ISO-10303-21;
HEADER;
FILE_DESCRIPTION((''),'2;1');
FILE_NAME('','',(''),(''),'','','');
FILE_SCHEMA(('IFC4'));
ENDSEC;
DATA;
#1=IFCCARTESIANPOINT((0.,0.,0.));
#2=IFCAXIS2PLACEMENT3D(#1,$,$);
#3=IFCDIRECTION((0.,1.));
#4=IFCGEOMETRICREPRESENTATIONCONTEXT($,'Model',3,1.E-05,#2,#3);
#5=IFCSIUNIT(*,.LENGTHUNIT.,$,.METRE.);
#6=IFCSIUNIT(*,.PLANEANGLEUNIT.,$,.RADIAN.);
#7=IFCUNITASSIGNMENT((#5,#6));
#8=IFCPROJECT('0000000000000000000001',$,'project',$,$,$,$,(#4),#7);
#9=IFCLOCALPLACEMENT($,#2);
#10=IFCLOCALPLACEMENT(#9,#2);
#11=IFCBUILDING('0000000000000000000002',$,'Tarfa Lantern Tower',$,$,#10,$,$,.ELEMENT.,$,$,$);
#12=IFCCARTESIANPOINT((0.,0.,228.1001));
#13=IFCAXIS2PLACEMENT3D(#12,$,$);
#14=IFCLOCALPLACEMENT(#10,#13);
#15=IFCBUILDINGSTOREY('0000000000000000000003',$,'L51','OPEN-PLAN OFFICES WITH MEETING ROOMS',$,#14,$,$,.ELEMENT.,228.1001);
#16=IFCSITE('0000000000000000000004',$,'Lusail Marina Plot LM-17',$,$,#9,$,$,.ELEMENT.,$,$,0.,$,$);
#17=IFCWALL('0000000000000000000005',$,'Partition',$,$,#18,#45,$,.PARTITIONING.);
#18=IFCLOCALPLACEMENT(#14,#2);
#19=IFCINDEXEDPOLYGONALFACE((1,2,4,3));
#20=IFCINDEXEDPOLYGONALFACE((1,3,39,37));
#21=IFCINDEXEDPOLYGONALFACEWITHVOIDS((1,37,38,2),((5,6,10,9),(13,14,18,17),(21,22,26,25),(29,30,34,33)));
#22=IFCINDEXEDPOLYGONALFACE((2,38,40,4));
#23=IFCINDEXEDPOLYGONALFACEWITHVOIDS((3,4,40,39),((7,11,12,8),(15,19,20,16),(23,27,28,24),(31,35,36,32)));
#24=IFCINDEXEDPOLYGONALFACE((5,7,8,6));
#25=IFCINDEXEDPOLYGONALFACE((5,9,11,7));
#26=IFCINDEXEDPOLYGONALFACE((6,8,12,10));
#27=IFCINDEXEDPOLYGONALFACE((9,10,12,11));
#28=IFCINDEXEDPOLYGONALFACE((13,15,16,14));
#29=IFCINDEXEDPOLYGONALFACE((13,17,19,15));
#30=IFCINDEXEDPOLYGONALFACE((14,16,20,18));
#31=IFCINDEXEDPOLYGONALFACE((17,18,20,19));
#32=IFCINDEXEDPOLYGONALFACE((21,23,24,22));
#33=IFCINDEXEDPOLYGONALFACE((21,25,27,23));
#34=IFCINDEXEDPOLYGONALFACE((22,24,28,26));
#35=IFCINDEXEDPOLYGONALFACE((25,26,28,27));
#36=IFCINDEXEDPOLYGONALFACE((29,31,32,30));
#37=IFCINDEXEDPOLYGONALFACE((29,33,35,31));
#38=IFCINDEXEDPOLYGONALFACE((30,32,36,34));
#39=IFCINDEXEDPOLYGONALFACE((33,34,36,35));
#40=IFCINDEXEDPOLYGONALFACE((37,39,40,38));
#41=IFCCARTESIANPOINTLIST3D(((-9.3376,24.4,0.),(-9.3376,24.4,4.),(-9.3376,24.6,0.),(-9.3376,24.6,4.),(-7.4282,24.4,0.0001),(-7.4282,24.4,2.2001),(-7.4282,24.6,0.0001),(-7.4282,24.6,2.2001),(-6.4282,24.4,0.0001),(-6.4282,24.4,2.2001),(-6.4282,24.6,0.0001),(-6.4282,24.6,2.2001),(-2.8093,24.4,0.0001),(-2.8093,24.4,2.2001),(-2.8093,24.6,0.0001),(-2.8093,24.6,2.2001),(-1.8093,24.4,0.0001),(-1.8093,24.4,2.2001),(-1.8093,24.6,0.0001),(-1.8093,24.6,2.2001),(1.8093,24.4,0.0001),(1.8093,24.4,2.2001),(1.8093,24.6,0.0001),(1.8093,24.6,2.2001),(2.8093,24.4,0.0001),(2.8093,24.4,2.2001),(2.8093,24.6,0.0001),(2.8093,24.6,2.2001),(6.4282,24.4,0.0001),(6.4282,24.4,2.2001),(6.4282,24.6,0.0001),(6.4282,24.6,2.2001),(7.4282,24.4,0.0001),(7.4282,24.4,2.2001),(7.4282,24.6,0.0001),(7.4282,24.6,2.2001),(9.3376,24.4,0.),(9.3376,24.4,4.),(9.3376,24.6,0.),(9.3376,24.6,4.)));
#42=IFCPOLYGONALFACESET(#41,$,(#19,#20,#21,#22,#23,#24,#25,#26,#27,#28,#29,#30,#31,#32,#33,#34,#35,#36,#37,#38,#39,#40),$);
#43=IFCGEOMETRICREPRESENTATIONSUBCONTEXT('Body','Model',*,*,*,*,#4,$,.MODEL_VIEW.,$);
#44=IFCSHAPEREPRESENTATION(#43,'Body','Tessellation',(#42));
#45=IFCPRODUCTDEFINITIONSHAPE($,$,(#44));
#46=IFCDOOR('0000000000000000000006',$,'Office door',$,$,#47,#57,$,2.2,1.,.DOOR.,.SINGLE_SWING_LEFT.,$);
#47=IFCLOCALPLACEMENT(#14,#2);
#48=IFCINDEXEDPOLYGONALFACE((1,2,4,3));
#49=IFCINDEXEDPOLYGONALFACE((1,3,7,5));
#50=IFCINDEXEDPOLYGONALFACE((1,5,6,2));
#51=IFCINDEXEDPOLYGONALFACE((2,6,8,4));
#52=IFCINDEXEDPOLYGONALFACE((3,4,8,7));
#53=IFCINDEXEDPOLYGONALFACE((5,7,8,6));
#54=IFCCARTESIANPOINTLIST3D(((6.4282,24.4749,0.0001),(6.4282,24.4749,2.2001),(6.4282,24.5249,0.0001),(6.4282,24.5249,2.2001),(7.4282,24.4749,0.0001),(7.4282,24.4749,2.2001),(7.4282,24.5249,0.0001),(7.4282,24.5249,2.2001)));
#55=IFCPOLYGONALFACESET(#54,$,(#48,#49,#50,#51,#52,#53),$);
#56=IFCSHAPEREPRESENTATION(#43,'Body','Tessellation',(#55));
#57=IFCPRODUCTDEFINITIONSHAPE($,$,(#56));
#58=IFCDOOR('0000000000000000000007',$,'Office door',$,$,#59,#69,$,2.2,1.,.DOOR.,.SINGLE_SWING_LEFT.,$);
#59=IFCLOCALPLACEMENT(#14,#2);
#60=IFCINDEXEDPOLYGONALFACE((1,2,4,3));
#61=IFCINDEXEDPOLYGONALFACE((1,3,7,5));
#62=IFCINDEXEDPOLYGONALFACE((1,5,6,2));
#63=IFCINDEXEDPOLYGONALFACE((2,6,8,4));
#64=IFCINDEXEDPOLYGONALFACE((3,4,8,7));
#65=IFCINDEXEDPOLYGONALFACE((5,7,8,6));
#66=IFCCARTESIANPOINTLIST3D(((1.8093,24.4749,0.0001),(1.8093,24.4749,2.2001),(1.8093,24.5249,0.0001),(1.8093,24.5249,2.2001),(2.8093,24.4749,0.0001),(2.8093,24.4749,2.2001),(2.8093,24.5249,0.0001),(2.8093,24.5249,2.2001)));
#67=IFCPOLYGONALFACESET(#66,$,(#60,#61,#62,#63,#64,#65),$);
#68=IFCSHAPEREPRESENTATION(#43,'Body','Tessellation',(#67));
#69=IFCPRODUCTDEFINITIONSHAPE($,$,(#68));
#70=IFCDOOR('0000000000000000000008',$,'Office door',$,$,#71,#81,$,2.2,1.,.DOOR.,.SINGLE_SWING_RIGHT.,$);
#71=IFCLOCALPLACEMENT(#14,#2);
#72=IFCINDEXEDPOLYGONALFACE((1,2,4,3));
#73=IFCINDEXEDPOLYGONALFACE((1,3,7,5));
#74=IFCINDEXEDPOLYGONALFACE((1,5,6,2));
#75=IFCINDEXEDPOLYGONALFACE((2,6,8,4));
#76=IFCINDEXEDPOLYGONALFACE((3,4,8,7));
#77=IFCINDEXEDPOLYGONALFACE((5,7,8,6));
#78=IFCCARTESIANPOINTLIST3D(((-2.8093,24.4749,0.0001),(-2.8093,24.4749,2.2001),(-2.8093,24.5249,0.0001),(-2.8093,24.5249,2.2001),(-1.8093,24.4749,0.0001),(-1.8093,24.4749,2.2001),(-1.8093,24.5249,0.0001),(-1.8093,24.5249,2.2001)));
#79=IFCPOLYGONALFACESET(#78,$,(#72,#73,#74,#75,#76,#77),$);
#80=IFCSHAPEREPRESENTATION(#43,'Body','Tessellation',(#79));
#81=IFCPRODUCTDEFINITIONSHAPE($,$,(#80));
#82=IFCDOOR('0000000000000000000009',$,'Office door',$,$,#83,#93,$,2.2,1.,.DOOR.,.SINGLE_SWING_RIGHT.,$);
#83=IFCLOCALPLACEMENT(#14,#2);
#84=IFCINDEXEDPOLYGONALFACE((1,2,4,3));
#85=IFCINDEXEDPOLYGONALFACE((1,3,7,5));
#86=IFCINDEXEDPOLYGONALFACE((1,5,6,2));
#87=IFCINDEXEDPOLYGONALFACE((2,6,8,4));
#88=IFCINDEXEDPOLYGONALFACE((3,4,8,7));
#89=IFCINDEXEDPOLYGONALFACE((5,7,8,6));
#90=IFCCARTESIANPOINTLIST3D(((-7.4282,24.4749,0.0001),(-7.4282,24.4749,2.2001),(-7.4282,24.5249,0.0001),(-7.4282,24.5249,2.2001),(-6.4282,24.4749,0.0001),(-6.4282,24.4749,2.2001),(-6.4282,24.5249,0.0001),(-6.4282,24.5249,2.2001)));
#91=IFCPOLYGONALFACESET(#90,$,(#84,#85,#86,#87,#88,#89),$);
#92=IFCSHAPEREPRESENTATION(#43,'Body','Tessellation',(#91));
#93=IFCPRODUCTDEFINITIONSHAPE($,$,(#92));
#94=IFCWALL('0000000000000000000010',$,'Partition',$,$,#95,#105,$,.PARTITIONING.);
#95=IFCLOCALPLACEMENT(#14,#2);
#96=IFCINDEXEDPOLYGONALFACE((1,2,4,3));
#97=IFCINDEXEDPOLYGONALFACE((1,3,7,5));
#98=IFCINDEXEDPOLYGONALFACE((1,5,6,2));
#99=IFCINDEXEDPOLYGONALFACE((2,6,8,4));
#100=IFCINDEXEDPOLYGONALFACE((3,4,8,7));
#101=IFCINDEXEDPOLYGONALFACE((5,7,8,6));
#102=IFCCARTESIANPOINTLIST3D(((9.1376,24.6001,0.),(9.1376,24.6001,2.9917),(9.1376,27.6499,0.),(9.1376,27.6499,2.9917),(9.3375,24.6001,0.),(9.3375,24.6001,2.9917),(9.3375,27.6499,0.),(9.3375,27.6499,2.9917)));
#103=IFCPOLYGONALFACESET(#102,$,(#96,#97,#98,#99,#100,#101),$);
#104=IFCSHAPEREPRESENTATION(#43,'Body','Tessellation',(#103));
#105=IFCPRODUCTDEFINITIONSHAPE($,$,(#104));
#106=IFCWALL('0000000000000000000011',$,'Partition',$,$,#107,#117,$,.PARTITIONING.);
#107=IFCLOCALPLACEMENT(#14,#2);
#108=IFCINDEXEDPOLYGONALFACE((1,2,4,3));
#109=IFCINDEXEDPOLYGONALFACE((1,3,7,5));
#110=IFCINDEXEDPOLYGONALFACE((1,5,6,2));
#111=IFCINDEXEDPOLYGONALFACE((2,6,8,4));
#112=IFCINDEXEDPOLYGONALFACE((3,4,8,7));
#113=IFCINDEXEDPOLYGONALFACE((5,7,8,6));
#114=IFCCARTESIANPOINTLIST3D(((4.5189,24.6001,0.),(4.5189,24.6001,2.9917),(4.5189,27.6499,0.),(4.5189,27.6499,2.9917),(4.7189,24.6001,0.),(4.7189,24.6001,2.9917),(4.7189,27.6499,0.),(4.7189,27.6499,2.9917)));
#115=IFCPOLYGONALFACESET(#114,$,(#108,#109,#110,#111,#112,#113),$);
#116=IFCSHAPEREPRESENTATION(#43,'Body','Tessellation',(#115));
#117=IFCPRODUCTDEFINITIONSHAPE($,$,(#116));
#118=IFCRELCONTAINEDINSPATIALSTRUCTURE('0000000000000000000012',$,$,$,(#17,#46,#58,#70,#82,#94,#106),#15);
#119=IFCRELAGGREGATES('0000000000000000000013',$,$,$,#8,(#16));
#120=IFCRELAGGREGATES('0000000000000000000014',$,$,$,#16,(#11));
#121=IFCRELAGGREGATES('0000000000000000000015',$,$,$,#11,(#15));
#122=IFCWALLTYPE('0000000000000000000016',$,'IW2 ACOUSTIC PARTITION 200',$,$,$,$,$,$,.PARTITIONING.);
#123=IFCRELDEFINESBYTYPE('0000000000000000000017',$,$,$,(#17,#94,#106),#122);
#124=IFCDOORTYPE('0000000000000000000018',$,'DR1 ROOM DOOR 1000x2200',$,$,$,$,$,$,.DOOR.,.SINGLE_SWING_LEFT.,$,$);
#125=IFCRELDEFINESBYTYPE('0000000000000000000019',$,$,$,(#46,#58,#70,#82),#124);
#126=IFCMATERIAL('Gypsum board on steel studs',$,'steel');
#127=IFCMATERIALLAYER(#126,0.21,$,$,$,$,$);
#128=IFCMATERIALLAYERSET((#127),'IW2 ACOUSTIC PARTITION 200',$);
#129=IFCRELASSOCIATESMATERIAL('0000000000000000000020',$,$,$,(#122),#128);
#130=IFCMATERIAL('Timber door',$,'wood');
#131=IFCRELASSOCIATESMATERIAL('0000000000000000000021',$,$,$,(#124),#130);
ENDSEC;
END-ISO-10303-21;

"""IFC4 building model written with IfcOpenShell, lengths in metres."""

from ifc_helpers import new_model, si_unit, direction, frame, frame_2d, origin, place, context, subcontext, project, spatial, rectangle, extrude, material, layer, layer_set, type_object, element, fill, save


model = new_model("IFC4")

# Units and contexts
model_context = context("Model", 3, precision=1e-05, world=origin(), true_north=direction((0.0, 1.0)))
body_context = subcontext(model_context, "Body", "Model", "MODEL_VIEW")
ifc_project = project(units=[si_unit("LENGTHUNIT", "METRE"), si_unit("PLANEANGLEUNIT", "RADIAN")], contexts=[model_context])

# Site, building, storey
site_placement = place(None, origin())
site = spatial("IfcSite", under=ifc_project, at=site_placement, Name="Lusail Marina Plot LM-17", CompositionType="ELEMENT", RefElevation=0.0)
building_placement = place(site_placement, origin())
building = spatial("IfcBuilding", under=site, at=building_placement, Name="Tarfa Lantern Tower", CompositionType="ELEMENT")
storey_placement = place(building_placement, frame((0.0, 0.0, 228.1001)))
storey = spatial("IfcBuildingStorey", under=building, at=storey_placement, Name="L51", Description="OPEN-PLAN OFFICES WITH MEETING ROOMS", CompositionType="ELEMENT", Elevation=228.1001)

# Shared definitions
ifc_material_1 = material(Name="Gypsum board on steel studs", Category="steel")
ifc_layer_1 = layer(ifc_material_1, 0.21)
ifc_layer_set_1 = layer_set([ifc_layer_1], Name="IW2 ACOUSTIC PARTITION 200")
wall_type = type_object("IfcWallType", Name="IW2 ACOUSTIC PARTITION 200", PredefinedType="PARTITIONING", material=ifc_layer_set_1)

# Wall, openings, doors
wall_1_placement = place(storey_placement, frame((9.3376, 24.5, 0.0), z_axis=(0.0, 0.0, 1.0), x_axis=(-1.0, 0.0, 0.0)))
wall_1 = element("IfcWall", 1, at=wall_1_placement, inside=storey, type_object=wall_type, Name="Partition", PredefinedType="PARTITIONING", context=body_context, shape_type="SweptSolid", body=[
    extrude(rectangle(XDim=18.6753, YDim=0.2, at=frame_2d((9.3376, 0.0))), origin(), (0.0, 0.0, 1.0), 4.0),
])
opening_1_placement = place(wall_1_placement, frame((1.9094, 0.0, 0.0)))
opening_1 = element("IfcOpeningElement", 2, at=opening_1_placement, cuts=wall_1, PredefinedType="OPENING", context=body_context, shape_type="SweptSolid", body=[
    extrude(rectangle(XDim=1.0, YDim=2.2, at=frame_2d((0.5, 1.1001))), frame((0.0, 0.1099, 0.0), z_axis=(0.0, -1.0, 0.0), x_axis=(1.0, 0.0, 0.0)), (0.0, 0.0, 1.0), 0.22),
])
opening_2_placement = place(wall_1_placement, frame((6.5283, 0.0, 0.0)))
opening_2 = element("IfcOpeningElement", 3, at=opening_2_placement, cuts=wall_1, PredefinedType="OPENING", context=body_context, shape_type="SweptSolid", body=[
    extrude(rectangle(XDim=1.0, YDim=2.2, at=frame_2d((0.5, 1.1001))), frame((0.0, 0.1099, 0.0), z_axis=(0.0, -1.0, 0.0), x_axis=(1.0, 0.0, 0.0)), (0.0, 0.0, 1.0), 0.22),
])
opening_3_placement = place(wall_1_placement, frame((11.147, 0.0, 0.0)))
opening_3 = element("IfcOpeningElement", 4, at=opening_3_placement, cuts=wall_1, PredefinedType="OPENING", context=body_context, shape_type="SweptSolid", body=[
    extrude(rectangle(XDim=1.0, YDim=2.2, at=frame_2d((0.5, 1.1001))), frame((0.0, 0.1099, 0.0), z_axis=(0.0, -1.0, 0.0), x_axis=(1.0, 0.0, 0.0)), (0.0, 0.0, 1.0), 0.22),
])
opening_4_placement = place(wall_1_placement, frame((15.7659, 0.0, 0.0)))
opening_4 = element("IfcOpeningElement", 5, at=opening_4_placement, cuts=wall_1, PredefinedType="OPENING", context=body_context, shape_type="SweptSolid", body=[
    extrude(rectangle(XDim=1.0, YDim=2.2, at=frame_2d((0.5, 1.1001))), frame((0.0, 0.1099, 0.0), z_axis=(0.0, -1.0, 0.0), x_axis=(1.0, 0.0, 0.0)), (0.0, 0.0, 1.0), 0.22),
])
ifc_material_2 = material(Name="Timber door", Category="wood")
door_type = type_object("IfcDoorType", Name="DR1 ROOM DOOR 1000x2200", OperationType="SINGLE_SWING_LEFT", PredefinedType="DOOR", material=ifc_material_2)
door_1_placement = place(opening_1_placement, frame((1.0, 0.0, 0.0), z_axis=(0.0, 0.0, 1.0), x_axis=(-1.0, 0.0, 0.0)))
door_1 = element("IfcDoor", 6, at=door_1_placement, inside=storey, type_object=door_type, Name="Office door", OperationType="SINGLE_SWING_LEFT", OverallHeight=2.2, OverallWidth=1.0, PredefinedType="DOOR", context=body_context, shape_type="SweptSolid", body=[
    extrude(rectangle(XDim=1.0, YDim=2.2, at=frame_2d((0.5, 1.1001))), frame((0.0, 0.0249, 0.0), z_axis=(0.0, -1.0, 0.0), x_axis=(1.0, 0.0, 0.0)), (0.0, 0.0, 1.0), 0.05),
])
fill(opening_1, door_1)
door_2_placement = place(opening_2_placement, frame((1.0, 0.0, 0.0), z_axis=(0.0, 0.0, 1.0), x_axis=(-1.0, 0.0, 0.0)))
door_2 = element("IfcDoor", 7, at=door_2_placement, inside=storey, type_object=door_type, Name="Office door", OperationType="SINGLE_SWING_LEFT", OverallHeight=2.2, OverallWidth=1.0, PredefinedType="DOOR", context=body_context, shape_type="SweptSolid", body=[
    extrude(rectangle(XDim=1.0, YDim=2.2, at=frame_2d((0.5, 1.1001))), frame((0.0, 0.0249, 0.0), z_axis=(0.0, -1.0, 0.0), x_axis=(1.0, 0.0, 0.0)), (0.0, 0.0, 1.0), 0.05),
])
fill(opening_2, door_2)
door_3_placement = place(opening_3_placement, frame((1.0, 0.0, 0.0), z_axis=(0.0, 0.0, 1.0), x_axis=(-1.0, 0.0, 0.0)))
door_3 = element("IfcDoor", 8, at=door_3_placement, inside=storey, type_object=door_type, Name="Office door", OperationType="SINGLE_SWING_RIGHT", OverallHeight=2.2, OverallWidth=1.0, PredefinedType="DOOR", context=body_context, shape_type="SweptSolid", body=[
    extrude(rectangle(XDim=1.0, YDim=2.2, at=frame_2d((0.5, 1.1001))), frame((0.0, 0.0249, 0.0), z_axis=(0.0, -1.0, 0.0), x_axis=(1.0, 0.0, 0.0)), (0.0, 0.0, 1.0), 0.05),
])
fill(opening_3, door_3)
door_4_placement = place(opening_4_placement, frame((1.0, 0.0, 0.0), z_axis=(0.0, 0.0, 1.0), x_axis=(-1.0, 0.0, 0.0)))
door_4 = element("IfcDoor", 9, at=door_4_placement, inside=storey, type_object=door_type, Name="Office door", OperationType="SINGLE_SWING_RIGHT", OverallHeight=2.2, OverallWidth=1.0, PredefinedType="DOOR", context=body_context, shape_type="SweptSolid", body=[
    extrude(rectangle(XDim=1.0, YDim=2.2, at=frame_2d((0.5, 1.1001))), frame((0.0, 0.0249, 0.0), z_axis=(0.0, -1.0, 0.0), x_axis=(1.0, 0.0, 0.0)), (0.0, 0.0, 1.0), 0.05),
])
fill(opening_4, door_4)

# Walls
for number, where, z_axis, x_axis, name in (
    (10, (9.2375, 24.6001, 0.0), (0.0, 0.0, 1.0), (0.0, 1.0, 0.0), "Partition"),
    (11, (4.6189, 24.6001, 0.0), (0.0, 0.0, 1.0), (0.0, 1.0, 0.0), "Partition"),
):
    element("IfcWall", number, at=place(storey_placement, frame(where, z_axis=z_axis, x_axis=x_axis)), inside=storey, type_object=wall_type, Name=name, PredefinedType="PARTITIONING", context=body_context, shape_type="SweptSolid", body=[
        extrude(rectangle(XDim=3.0498, YDim=0.2, at=frame_2d((1.5249, 0.0))), origin(), (0.0, 0.0, 1.0), 2.9917),
    ])

save(model, "model.ifc")
